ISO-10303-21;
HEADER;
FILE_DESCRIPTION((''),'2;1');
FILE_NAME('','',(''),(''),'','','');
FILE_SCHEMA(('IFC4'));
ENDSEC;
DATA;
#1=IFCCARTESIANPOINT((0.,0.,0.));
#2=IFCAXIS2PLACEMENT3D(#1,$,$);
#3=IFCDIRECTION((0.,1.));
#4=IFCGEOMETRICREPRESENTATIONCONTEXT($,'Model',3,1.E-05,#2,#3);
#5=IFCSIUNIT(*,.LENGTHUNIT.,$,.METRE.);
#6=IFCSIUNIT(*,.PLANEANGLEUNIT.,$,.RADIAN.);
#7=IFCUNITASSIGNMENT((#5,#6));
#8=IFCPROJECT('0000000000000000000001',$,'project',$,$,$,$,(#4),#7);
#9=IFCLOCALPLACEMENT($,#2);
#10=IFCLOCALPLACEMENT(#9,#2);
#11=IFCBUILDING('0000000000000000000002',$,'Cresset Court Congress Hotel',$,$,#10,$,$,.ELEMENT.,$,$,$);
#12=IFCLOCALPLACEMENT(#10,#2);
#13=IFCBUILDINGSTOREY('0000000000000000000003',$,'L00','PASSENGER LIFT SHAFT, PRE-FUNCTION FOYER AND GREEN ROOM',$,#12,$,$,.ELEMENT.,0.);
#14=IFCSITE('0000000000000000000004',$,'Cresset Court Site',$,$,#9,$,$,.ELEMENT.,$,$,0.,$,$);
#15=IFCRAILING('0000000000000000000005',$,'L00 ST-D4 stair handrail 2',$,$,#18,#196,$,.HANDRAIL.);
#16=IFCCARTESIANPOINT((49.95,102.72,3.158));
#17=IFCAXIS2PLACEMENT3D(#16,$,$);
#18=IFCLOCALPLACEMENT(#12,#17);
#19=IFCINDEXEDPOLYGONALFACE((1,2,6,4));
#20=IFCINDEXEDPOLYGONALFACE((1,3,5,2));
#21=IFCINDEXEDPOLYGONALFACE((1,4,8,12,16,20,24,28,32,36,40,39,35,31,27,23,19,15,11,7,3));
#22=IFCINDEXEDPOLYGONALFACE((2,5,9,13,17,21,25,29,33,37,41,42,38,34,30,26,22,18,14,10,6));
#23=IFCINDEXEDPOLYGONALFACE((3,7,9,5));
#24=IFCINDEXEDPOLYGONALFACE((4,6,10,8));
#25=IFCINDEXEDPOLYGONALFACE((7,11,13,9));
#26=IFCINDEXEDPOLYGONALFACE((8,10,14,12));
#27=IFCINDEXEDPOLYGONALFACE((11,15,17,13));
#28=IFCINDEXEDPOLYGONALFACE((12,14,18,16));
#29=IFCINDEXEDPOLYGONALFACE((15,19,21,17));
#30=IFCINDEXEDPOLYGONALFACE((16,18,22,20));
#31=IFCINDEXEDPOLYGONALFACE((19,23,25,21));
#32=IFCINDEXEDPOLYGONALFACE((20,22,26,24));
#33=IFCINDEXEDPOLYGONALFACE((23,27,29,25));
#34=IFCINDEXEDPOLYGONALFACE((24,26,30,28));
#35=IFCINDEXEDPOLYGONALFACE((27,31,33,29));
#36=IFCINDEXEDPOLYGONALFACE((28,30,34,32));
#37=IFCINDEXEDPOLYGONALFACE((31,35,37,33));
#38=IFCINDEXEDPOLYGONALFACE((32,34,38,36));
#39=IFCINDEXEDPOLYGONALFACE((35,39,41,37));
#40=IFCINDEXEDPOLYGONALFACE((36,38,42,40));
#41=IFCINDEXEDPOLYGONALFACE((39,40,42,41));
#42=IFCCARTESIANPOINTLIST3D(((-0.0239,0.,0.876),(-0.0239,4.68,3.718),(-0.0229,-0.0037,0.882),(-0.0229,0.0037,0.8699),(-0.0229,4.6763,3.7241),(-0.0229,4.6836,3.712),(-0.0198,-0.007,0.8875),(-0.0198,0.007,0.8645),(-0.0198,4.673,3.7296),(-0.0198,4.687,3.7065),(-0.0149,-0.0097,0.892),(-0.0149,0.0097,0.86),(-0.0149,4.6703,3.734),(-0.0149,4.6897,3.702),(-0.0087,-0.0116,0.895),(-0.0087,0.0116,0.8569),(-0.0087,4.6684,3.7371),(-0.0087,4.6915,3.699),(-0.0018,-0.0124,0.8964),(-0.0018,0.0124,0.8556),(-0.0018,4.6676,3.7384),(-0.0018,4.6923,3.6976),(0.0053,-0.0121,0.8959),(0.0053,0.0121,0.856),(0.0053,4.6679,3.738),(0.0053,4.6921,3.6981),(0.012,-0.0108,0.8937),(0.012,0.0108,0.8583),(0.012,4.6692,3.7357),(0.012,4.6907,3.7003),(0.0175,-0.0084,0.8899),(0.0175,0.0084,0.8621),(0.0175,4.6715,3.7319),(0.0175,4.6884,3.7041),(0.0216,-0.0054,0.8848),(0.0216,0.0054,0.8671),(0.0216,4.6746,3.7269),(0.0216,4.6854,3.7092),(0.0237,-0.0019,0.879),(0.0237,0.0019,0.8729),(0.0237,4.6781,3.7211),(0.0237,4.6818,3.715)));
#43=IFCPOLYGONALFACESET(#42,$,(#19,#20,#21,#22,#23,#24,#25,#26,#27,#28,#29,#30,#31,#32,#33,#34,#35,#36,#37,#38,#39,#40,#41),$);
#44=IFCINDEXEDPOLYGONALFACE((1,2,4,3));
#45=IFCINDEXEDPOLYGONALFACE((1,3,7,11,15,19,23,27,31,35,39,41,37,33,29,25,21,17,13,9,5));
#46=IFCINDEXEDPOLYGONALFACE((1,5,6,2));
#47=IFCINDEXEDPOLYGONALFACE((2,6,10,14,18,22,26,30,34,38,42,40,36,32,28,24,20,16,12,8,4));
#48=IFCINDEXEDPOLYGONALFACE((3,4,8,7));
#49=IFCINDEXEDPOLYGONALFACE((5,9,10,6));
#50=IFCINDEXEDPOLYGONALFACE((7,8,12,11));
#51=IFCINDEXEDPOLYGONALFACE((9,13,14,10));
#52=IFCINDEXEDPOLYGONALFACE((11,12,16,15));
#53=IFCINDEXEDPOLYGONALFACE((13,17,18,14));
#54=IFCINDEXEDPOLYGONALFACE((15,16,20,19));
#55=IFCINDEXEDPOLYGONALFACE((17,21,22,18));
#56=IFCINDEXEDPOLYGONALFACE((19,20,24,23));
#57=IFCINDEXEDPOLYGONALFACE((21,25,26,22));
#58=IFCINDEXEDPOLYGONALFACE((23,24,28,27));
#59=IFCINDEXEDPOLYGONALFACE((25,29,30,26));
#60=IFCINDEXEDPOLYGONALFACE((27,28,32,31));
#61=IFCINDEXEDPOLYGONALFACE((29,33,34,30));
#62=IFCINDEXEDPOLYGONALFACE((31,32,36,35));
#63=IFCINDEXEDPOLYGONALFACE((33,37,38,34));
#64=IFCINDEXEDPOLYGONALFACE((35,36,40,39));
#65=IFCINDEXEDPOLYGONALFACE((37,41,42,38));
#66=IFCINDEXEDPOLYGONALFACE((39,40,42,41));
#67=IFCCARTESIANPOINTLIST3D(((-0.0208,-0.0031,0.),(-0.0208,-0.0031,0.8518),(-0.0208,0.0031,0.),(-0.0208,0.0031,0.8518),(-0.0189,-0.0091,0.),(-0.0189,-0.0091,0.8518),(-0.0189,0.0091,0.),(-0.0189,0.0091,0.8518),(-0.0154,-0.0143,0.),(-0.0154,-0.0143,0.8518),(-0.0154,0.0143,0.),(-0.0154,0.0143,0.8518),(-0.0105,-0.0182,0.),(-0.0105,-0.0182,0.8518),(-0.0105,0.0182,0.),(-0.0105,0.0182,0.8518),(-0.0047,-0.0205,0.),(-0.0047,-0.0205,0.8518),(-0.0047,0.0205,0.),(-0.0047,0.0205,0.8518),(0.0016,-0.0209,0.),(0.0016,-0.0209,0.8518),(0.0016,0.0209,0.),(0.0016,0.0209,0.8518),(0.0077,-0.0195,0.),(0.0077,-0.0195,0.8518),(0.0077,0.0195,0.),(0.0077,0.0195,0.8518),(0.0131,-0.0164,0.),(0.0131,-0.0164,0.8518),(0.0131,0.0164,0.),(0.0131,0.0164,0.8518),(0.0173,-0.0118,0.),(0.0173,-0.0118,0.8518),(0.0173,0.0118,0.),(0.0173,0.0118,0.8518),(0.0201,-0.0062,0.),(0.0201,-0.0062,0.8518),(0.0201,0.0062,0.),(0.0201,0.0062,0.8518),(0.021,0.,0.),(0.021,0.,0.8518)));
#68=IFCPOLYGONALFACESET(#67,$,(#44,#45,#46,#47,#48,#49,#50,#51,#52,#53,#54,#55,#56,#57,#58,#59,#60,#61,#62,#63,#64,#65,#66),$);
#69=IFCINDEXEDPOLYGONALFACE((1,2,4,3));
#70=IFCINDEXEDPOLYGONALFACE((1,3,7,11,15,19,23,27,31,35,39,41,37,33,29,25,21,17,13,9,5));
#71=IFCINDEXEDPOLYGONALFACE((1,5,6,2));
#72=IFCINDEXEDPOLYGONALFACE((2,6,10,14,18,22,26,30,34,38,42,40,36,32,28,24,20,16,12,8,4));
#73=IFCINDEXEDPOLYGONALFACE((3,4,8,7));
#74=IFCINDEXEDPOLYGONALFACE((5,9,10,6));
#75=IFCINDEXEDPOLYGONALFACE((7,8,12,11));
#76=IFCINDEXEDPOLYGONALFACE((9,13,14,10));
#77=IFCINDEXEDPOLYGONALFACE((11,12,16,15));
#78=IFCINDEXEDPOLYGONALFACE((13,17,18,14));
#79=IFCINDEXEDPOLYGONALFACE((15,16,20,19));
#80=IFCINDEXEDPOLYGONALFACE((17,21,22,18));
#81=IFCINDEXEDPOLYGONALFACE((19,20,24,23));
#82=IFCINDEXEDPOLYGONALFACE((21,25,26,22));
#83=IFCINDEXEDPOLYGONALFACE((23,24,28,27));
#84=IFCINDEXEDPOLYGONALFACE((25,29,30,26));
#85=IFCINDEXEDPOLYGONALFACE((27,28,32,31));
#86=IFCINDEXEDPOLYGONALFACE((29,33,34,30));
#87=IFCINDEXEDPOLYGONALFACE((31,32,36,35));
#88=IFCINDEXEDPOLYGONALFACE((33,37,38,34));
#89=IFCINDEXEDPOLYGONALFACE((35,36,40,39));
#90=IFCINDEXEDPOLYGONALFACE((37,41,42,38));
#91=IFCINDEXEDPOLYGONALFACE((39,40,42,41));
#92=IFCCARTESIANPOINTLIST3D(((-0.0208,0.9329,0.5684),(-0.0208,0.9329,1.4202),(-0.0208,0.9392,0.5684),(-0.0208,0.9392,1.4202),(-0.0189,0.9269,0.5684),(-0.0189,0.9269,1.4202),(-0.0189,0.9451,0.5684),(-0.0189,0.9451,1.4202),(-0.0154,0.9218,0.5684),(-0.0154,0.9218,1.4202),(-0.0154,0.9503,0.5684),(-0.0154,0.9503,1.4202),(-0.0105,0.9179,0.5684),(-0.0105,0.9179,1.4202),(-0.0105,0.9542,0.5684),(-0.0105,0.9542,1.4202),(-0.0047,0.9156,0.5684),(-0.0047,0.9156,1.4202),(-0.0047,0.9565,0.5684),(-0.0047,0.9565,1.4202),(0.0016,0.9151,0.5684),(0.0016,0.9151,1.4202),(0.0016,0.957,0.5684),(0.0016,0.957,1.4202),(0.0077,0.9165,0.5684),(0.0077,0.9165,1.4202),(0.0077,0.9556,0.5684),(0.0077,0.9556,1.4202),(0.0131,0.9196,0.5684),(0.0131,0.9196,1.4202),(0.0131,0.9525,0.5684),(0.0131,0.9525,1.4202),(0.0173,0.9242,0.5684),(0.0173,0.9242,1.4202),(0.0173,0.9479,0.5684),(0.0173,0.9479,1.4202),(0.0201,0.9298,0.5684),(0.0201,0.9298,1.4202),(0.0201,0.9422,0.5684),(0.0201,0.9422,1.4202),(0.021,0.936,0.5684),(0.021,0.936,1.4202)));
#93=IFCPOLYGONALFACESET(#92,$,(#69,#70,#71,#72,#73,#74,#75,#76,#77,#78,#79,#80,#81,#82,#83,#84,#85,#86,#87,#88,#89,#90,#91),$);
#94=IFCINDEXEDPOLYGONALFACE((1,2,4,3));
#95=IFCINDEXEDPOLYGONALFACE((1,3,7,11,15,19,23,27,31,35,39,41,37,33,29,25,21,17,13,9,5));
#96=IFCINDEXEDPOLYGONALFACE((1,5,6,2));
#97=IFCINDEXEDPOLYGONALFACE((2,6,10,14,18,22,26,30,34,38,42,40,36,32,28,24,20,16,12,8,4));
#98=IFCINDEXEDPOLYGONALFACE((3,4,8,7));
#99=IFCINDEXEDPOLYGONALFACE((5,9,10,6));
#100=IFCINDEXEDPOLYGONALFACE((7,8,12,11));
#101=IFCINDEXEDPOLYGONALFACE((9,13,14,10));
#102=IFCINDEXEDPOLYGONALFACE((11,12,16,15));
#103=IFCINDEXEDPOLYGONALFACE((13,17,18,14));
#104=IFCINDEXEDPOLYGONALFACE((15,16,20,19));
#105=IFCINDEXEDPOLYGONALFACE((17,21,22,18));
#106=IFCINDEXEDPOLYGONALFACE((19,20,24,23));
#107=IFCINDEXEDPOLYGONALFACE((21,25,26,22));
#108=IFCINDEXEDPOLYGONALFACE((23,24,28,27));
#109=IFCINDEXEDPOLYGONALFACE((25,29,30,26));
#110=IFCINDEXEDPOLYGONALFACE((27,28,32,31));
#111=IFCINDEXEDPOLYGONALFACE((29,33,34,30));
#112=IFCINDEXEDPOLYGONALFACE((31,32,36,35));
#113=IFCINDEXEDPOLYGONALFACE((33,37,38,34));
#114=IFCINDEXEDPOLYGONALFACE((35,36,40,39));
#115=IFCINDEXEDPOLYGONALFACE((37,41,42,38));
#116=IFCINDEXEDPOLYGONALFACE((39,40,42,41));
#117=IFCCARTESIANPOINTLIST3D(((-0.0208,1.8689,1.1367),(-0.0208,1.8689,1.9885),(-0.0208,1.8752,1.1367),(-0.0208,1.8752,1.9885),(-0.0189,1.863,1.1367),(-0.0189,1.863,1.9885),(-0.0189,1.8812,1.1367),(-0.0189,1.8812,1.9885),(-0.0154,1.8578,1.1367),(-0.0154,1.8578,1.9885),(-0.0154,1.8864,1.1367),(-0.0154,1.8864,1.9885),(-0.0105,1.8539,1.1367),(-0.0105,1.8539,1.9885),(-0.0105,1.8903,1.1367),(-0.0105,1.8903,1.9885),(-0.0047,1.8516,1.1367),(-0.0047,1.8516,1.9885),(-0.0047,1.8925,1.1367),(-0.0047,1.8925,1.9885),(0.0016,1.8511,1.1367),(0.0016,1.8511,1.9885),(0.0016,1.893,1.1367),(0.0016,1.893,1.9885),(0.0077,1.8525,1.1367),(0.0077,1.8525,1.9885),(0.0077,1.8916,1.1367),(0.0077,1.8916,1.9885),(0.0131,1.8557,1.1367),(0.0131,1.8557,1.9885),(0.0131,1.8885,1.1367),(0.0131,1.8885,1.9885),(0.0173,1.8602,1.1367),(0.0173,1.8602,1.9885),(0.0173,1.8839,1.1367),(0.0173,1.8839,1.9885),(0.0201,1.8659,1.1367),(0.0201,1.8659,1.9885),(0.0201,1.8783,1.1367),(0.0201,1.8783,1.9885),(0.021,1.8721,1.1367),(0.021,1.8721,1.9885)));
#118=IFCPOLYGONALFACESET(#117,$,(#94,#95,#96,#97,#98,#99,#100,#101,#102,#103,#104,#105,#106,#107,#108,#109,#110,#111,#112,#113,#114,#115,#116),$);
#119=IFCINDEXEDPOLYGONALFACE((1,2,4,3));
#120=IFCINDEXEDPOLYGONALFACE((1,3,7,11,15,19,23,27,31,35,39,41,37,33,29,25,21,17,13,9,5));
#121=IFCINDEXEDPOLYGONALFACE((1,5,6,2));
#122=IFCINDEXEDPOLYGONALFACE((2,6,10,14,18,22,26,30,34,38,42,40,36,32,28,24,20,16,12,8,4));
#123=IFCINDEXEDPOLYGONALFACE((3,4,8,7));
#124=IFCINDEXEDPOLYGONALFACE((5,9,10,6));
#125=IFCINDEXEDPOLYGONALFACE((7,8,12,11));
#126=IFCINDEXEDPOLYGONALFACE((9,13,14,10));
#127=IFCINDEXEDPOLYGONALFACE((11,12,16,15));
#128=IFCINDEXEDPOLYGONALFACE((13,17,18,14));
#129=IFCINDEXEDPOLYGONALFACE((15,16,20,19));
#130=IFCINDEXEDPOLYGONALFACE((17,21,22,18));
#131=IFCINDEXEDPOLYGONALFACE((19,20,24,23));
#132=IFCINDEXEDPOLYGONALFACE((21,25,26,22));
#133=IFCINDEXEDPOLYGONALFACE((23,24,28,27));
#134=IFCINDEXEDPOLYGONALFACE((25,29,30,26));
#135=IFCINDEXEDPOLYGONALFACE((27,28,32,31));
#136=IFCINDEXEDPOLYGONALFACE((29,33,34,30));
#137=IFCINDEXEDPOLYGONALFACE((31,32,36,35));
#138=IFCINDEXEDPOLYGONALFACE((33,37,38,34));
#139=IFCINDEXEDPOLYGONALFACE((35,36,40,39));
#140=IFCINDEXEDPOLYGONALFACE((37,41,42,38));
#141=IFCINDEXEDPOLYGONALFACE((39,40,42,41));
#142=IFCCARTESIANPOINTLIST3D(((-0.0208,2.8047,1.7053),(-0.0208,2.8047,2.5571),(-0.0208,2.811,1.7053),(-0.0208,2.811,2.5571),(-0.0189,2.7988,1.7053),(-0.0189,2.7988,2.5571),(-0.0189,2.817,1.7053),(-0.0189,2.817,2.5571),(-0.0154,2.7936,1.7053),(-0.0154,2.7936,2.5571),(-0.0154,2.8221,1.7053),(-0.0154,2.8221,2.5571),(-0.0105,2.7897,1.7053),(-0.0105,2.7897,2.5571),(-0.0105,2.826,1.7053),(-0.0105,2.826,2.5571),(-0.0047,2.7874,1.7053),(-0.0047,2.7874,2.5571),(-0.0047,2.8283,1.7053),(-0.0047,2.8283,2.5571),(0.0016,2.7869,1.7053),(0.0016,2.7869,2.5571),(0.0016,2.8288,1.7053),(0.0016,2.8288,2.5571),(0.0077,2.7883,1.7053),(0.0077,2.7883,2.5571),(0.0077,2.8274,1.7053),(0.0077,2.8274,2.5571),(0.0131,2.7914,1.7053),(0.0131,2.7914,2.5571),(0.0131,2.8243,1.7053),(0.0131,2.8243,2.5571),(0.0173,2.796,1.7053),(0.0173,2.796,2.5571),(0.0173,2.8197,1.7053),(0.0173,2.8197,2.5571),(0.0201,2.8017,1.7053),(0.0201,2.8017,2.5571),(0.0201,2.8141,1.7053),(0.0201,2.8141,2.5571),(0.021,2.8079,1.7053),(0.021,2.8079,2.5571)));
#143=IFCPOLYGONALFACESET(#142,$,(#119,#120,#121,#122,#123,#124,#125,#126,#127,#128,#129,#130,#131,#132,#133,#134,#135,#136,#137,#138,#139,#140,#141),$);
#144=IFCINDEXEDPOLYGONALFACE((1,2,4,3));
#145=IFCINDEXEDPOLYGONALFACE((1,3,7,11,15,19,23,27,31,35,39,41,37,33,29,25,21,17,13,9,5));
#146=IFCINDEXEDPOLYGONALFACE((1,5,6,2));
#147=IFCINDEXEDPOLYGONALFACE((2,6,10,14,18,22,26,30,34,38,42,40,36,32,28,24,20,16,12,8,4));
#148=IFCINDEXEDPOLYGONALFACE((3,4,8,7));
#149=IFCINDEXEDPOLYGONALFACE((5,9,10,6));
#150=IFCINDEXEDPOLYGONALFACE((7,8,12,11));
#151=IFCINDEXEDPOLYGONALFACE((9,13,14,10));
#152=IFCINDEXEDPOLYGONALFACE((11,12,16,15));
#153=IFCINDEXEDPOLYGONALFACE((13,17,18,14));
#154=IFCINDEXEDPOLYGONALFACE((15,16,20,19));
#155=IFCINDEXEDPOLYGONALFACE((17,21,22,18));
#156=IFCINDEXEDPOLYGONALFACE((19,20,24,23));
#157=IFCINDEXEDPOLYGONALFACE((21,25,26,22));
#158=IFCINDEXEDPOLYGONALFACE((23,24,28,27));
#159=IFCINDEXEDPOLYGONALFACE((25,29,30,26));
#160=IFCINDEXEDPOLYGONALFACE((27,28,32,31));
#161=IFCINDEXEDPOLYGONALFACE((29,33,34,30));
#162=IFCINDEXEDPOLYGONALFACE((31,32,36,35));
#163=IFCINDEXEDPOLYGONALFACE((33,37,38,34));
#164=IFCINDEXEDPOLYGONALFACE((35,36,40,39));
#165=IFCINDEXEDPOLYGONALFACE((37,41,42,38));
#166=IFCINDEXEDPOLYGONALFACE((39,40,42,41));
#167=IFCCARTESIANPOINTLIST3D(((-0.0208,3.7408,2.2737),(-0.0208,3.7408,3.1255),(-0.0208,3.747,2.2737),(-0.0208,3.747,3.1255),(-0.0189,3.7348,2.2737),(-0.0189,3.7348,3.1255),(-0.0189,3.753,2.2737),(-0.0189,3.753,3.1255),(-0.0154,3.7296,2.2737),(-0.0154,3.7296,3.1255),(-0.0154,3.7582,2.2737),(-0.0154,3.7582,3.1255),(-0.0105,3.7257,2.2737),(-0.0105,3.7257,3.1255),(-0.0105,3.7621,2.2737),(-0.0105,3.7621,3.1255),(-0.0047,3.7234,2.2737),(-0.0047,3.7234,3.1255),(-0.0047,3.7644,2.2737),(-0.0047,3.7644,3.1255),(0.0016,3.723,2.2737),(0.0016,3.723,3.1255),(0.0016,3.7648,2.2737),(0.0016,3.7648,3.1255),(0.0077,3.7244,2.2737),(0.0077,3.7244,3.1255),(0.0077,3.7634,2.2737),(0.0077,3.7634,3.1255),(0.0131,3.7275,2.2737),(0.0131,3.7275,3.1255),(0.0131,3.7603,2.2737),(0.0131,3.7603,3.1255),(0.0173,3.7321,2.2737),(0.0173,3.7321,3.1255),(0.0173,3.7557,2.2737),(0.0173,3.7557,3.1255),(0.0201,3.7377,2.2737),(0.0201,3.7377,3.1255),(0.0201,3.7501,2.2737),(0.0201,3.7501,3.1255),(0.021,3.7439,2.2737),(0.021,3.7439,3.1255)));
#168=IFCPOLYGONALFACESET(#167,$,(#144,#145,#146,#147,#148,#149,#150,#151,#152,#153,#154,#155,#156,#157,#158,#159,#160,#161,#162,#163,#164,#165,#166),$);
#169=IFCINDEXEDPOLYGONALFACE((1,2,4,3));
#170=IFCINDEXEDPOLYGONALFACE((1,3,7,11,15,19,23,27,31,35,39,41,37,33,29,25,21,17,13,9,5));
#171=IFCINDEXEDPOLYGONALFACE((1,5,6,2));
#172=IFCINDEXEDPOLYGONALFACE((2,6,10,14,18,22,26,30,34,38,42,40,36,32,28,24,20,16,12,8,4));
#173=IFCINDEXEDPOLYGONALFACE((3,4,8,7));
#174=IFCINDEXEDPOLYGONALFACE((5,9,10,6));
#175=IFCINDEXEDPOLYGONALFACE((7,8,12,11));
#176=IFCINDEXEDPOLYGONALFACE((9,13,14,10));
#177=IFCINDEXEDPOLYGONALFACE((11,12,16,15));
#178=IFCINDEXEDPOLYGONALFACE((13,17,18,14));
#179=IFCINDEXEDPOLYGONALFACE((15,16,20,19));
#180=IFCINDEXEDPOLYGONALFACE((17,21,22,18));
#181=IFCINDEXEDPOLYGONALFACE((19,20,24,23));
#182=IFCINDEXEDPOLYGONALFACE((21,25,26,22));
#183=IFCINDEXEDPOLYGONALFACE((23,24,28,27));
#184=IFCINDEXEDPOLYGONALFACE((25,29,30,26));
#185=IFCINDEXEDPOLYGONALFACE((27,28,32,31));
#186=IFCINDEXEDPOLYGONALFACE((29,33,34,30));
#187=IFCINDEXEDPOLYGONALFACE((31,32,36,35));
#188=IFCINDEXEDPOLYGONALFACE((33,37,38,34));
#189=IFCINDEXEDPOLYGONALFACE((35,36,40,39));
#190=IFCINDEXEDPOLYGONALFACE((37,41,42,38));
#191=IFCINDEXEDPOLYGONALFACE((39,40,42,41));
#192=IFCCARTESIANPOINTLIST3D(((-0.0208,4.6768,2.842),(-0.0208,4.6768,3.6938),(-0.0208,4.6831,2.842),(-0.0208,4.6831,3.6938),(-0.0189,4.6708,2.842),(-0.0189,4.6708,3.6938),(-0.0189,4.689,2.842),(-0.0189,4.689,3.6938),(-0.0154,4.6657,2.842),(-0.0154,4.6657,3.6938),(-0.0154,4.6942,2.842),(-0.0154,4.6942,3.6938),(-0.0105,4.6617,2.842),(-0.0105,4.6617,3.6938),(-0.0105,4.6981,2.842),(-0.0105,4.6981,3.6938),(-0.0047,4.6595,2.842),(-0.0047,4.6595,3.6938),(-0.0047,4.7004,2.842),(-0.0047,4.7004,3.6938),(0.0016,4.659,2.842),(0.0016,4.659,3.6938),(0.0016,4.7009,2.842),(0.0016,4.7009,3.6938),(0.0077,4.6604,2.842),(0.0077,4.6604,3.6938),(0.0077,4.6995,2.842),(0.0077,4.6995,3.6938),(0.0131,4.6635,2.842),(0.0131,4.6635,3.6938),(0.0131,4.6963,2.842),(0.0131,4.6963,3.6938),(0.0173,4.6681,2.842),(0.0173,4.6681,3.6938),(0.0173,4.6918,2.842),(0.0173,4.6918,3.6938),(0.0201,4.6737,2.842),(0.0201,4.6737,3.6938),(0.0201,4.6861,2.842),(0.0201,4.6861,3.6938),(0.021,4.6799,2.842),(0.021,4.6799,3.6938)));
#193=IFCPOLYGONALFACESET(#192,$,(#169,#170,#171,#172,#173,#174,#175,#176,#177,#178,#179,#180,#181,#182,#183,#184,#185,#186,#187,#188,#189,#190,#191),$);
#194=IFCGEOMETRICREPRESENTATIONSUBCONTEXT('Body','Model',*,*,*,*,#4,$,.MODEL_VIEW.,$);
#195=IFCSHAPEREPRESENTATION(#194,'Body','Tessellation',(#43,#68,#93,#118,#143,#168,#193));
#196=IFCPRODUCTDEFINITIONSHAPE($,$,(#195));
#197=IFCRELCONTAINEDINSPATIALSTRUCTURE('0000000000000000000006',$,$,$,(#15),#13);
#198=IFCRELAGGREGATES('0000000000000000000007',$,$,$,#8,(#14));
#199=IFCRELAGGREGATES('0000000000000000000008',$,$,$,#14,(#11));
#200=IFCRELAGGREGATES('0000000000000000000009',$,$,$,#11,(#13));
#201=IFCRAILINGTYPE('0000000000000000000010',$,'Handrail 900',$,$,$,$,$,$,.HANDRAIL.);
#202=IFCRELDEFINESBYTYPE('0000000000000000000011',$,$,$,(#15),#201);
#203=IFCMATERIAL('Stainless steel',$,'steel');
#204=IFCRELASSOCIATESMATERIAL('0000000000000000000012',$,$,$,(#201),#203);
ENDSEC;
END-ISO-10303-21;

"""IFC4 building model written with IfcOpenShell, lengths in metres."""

from ifc_helpers import new_model, si_unit, direction, frame, origin, origin_2d, place, context, subcontext, project, spatial, circle, extrude, material, type_object, element, save


model = new_model("IFC4")

# Units and contexts
model_context = context("Model", 3, precision=1e-05, world=origin(), true_north=direction((0.0, 1.0)))
body_context = subcontext(model_context, "Body", "Model", "MODEL_VIEW")
ifc_project = project(units=[si_unit("LENGTHUNIT", "METRE"), si_unit("PLANEANGLEUNIT", "RADIAN")], contexts=[model_context])

# Site, building, storey
site_placement = place(None, origin())
site = spatial("IfcSite", under=ifc_project, at=site_placement, Name="Cresset Court Site", CompositionType="ELEMENT", RefElevation=0.0)
building_placement = place(site_placement, origin())
building = spatial("IfcBuilding", under=site, at=building_placement, Name="Cresset Court Congress Hotel", CompositionType="ELEMENT")
storey_placement = place(building_placement, origin())
storey = spatial("IfcBuildingStorey", under=building, at=storey_placement, Name="L00", Description="PASSENGER LIFT SHAFT, PRE-FUNCTION FOYER AND GREEN ROOM", CompositionType="ELEMENT", Elevation=0.0)

# Railing
ifc_material_1 = material(Name="Stainless steel", Category="steel")
railing_type_1 = type_object("IfcRailingType", Name="Handrail 900", PredefinedType="HANDRAIL", material=ifc_material_1)
railing_1_placement = place(storey_placement, frame((49.95, 102.72, 3.158)))
element("IfcRailing", 1, at=railing_1_placement, inside=storey, type_object=railing_type_1, Name="L00 ST-D4 stair handrail 2", PredefinedType="HANDRAIL", context=body_context, shape_type="SweptSolid", body=[
    extrude(circle(Radius=0.0239, at=origin_2d()), frame((0.0, 0.0, 0.876), z_axis=(0.0, 0.854735, 0.519065), x_axis=(-1.0, 0.0, 0.0)), (0.0, 0.0, 1.0), 5.4753),
    extrude(circle(Radius=0.021, at=origin_2d()), origin(), (0.0, 0.0, 1.0), 0.8518),
    extrude(circle(Radius=0.021, at=origin_2d()), frame((0.0, 0.936, 0.5684)), (0.0, 0.0, 1.0), 0.8518),
    extrude(circle(Radius=0.021, at=origin_2d()), frame((0.0, 1.8721, 1.1367)), (0.0, 0.0, 1.0), 0.8518),
    extrude(circle(Radius=0.021, at=origin_2d()), frame((0.0, 2.8079, 1.7053)), (0.0, 0.0, 1.0), 0.8518),
    extrude(circle(Radius=0.021, at=origin_2d()), frame((0.0, 3.7439, 2.2737)), (0.0, 0.0, 1.0), 0.8518),
    extrude(circle(Radius=0.021, at=origin_2d()), frame((0.0, 4.6799, 2.842)), (0.0, 0.0, 1.0), 0.8518),
])

save(model, "model.ifc")
